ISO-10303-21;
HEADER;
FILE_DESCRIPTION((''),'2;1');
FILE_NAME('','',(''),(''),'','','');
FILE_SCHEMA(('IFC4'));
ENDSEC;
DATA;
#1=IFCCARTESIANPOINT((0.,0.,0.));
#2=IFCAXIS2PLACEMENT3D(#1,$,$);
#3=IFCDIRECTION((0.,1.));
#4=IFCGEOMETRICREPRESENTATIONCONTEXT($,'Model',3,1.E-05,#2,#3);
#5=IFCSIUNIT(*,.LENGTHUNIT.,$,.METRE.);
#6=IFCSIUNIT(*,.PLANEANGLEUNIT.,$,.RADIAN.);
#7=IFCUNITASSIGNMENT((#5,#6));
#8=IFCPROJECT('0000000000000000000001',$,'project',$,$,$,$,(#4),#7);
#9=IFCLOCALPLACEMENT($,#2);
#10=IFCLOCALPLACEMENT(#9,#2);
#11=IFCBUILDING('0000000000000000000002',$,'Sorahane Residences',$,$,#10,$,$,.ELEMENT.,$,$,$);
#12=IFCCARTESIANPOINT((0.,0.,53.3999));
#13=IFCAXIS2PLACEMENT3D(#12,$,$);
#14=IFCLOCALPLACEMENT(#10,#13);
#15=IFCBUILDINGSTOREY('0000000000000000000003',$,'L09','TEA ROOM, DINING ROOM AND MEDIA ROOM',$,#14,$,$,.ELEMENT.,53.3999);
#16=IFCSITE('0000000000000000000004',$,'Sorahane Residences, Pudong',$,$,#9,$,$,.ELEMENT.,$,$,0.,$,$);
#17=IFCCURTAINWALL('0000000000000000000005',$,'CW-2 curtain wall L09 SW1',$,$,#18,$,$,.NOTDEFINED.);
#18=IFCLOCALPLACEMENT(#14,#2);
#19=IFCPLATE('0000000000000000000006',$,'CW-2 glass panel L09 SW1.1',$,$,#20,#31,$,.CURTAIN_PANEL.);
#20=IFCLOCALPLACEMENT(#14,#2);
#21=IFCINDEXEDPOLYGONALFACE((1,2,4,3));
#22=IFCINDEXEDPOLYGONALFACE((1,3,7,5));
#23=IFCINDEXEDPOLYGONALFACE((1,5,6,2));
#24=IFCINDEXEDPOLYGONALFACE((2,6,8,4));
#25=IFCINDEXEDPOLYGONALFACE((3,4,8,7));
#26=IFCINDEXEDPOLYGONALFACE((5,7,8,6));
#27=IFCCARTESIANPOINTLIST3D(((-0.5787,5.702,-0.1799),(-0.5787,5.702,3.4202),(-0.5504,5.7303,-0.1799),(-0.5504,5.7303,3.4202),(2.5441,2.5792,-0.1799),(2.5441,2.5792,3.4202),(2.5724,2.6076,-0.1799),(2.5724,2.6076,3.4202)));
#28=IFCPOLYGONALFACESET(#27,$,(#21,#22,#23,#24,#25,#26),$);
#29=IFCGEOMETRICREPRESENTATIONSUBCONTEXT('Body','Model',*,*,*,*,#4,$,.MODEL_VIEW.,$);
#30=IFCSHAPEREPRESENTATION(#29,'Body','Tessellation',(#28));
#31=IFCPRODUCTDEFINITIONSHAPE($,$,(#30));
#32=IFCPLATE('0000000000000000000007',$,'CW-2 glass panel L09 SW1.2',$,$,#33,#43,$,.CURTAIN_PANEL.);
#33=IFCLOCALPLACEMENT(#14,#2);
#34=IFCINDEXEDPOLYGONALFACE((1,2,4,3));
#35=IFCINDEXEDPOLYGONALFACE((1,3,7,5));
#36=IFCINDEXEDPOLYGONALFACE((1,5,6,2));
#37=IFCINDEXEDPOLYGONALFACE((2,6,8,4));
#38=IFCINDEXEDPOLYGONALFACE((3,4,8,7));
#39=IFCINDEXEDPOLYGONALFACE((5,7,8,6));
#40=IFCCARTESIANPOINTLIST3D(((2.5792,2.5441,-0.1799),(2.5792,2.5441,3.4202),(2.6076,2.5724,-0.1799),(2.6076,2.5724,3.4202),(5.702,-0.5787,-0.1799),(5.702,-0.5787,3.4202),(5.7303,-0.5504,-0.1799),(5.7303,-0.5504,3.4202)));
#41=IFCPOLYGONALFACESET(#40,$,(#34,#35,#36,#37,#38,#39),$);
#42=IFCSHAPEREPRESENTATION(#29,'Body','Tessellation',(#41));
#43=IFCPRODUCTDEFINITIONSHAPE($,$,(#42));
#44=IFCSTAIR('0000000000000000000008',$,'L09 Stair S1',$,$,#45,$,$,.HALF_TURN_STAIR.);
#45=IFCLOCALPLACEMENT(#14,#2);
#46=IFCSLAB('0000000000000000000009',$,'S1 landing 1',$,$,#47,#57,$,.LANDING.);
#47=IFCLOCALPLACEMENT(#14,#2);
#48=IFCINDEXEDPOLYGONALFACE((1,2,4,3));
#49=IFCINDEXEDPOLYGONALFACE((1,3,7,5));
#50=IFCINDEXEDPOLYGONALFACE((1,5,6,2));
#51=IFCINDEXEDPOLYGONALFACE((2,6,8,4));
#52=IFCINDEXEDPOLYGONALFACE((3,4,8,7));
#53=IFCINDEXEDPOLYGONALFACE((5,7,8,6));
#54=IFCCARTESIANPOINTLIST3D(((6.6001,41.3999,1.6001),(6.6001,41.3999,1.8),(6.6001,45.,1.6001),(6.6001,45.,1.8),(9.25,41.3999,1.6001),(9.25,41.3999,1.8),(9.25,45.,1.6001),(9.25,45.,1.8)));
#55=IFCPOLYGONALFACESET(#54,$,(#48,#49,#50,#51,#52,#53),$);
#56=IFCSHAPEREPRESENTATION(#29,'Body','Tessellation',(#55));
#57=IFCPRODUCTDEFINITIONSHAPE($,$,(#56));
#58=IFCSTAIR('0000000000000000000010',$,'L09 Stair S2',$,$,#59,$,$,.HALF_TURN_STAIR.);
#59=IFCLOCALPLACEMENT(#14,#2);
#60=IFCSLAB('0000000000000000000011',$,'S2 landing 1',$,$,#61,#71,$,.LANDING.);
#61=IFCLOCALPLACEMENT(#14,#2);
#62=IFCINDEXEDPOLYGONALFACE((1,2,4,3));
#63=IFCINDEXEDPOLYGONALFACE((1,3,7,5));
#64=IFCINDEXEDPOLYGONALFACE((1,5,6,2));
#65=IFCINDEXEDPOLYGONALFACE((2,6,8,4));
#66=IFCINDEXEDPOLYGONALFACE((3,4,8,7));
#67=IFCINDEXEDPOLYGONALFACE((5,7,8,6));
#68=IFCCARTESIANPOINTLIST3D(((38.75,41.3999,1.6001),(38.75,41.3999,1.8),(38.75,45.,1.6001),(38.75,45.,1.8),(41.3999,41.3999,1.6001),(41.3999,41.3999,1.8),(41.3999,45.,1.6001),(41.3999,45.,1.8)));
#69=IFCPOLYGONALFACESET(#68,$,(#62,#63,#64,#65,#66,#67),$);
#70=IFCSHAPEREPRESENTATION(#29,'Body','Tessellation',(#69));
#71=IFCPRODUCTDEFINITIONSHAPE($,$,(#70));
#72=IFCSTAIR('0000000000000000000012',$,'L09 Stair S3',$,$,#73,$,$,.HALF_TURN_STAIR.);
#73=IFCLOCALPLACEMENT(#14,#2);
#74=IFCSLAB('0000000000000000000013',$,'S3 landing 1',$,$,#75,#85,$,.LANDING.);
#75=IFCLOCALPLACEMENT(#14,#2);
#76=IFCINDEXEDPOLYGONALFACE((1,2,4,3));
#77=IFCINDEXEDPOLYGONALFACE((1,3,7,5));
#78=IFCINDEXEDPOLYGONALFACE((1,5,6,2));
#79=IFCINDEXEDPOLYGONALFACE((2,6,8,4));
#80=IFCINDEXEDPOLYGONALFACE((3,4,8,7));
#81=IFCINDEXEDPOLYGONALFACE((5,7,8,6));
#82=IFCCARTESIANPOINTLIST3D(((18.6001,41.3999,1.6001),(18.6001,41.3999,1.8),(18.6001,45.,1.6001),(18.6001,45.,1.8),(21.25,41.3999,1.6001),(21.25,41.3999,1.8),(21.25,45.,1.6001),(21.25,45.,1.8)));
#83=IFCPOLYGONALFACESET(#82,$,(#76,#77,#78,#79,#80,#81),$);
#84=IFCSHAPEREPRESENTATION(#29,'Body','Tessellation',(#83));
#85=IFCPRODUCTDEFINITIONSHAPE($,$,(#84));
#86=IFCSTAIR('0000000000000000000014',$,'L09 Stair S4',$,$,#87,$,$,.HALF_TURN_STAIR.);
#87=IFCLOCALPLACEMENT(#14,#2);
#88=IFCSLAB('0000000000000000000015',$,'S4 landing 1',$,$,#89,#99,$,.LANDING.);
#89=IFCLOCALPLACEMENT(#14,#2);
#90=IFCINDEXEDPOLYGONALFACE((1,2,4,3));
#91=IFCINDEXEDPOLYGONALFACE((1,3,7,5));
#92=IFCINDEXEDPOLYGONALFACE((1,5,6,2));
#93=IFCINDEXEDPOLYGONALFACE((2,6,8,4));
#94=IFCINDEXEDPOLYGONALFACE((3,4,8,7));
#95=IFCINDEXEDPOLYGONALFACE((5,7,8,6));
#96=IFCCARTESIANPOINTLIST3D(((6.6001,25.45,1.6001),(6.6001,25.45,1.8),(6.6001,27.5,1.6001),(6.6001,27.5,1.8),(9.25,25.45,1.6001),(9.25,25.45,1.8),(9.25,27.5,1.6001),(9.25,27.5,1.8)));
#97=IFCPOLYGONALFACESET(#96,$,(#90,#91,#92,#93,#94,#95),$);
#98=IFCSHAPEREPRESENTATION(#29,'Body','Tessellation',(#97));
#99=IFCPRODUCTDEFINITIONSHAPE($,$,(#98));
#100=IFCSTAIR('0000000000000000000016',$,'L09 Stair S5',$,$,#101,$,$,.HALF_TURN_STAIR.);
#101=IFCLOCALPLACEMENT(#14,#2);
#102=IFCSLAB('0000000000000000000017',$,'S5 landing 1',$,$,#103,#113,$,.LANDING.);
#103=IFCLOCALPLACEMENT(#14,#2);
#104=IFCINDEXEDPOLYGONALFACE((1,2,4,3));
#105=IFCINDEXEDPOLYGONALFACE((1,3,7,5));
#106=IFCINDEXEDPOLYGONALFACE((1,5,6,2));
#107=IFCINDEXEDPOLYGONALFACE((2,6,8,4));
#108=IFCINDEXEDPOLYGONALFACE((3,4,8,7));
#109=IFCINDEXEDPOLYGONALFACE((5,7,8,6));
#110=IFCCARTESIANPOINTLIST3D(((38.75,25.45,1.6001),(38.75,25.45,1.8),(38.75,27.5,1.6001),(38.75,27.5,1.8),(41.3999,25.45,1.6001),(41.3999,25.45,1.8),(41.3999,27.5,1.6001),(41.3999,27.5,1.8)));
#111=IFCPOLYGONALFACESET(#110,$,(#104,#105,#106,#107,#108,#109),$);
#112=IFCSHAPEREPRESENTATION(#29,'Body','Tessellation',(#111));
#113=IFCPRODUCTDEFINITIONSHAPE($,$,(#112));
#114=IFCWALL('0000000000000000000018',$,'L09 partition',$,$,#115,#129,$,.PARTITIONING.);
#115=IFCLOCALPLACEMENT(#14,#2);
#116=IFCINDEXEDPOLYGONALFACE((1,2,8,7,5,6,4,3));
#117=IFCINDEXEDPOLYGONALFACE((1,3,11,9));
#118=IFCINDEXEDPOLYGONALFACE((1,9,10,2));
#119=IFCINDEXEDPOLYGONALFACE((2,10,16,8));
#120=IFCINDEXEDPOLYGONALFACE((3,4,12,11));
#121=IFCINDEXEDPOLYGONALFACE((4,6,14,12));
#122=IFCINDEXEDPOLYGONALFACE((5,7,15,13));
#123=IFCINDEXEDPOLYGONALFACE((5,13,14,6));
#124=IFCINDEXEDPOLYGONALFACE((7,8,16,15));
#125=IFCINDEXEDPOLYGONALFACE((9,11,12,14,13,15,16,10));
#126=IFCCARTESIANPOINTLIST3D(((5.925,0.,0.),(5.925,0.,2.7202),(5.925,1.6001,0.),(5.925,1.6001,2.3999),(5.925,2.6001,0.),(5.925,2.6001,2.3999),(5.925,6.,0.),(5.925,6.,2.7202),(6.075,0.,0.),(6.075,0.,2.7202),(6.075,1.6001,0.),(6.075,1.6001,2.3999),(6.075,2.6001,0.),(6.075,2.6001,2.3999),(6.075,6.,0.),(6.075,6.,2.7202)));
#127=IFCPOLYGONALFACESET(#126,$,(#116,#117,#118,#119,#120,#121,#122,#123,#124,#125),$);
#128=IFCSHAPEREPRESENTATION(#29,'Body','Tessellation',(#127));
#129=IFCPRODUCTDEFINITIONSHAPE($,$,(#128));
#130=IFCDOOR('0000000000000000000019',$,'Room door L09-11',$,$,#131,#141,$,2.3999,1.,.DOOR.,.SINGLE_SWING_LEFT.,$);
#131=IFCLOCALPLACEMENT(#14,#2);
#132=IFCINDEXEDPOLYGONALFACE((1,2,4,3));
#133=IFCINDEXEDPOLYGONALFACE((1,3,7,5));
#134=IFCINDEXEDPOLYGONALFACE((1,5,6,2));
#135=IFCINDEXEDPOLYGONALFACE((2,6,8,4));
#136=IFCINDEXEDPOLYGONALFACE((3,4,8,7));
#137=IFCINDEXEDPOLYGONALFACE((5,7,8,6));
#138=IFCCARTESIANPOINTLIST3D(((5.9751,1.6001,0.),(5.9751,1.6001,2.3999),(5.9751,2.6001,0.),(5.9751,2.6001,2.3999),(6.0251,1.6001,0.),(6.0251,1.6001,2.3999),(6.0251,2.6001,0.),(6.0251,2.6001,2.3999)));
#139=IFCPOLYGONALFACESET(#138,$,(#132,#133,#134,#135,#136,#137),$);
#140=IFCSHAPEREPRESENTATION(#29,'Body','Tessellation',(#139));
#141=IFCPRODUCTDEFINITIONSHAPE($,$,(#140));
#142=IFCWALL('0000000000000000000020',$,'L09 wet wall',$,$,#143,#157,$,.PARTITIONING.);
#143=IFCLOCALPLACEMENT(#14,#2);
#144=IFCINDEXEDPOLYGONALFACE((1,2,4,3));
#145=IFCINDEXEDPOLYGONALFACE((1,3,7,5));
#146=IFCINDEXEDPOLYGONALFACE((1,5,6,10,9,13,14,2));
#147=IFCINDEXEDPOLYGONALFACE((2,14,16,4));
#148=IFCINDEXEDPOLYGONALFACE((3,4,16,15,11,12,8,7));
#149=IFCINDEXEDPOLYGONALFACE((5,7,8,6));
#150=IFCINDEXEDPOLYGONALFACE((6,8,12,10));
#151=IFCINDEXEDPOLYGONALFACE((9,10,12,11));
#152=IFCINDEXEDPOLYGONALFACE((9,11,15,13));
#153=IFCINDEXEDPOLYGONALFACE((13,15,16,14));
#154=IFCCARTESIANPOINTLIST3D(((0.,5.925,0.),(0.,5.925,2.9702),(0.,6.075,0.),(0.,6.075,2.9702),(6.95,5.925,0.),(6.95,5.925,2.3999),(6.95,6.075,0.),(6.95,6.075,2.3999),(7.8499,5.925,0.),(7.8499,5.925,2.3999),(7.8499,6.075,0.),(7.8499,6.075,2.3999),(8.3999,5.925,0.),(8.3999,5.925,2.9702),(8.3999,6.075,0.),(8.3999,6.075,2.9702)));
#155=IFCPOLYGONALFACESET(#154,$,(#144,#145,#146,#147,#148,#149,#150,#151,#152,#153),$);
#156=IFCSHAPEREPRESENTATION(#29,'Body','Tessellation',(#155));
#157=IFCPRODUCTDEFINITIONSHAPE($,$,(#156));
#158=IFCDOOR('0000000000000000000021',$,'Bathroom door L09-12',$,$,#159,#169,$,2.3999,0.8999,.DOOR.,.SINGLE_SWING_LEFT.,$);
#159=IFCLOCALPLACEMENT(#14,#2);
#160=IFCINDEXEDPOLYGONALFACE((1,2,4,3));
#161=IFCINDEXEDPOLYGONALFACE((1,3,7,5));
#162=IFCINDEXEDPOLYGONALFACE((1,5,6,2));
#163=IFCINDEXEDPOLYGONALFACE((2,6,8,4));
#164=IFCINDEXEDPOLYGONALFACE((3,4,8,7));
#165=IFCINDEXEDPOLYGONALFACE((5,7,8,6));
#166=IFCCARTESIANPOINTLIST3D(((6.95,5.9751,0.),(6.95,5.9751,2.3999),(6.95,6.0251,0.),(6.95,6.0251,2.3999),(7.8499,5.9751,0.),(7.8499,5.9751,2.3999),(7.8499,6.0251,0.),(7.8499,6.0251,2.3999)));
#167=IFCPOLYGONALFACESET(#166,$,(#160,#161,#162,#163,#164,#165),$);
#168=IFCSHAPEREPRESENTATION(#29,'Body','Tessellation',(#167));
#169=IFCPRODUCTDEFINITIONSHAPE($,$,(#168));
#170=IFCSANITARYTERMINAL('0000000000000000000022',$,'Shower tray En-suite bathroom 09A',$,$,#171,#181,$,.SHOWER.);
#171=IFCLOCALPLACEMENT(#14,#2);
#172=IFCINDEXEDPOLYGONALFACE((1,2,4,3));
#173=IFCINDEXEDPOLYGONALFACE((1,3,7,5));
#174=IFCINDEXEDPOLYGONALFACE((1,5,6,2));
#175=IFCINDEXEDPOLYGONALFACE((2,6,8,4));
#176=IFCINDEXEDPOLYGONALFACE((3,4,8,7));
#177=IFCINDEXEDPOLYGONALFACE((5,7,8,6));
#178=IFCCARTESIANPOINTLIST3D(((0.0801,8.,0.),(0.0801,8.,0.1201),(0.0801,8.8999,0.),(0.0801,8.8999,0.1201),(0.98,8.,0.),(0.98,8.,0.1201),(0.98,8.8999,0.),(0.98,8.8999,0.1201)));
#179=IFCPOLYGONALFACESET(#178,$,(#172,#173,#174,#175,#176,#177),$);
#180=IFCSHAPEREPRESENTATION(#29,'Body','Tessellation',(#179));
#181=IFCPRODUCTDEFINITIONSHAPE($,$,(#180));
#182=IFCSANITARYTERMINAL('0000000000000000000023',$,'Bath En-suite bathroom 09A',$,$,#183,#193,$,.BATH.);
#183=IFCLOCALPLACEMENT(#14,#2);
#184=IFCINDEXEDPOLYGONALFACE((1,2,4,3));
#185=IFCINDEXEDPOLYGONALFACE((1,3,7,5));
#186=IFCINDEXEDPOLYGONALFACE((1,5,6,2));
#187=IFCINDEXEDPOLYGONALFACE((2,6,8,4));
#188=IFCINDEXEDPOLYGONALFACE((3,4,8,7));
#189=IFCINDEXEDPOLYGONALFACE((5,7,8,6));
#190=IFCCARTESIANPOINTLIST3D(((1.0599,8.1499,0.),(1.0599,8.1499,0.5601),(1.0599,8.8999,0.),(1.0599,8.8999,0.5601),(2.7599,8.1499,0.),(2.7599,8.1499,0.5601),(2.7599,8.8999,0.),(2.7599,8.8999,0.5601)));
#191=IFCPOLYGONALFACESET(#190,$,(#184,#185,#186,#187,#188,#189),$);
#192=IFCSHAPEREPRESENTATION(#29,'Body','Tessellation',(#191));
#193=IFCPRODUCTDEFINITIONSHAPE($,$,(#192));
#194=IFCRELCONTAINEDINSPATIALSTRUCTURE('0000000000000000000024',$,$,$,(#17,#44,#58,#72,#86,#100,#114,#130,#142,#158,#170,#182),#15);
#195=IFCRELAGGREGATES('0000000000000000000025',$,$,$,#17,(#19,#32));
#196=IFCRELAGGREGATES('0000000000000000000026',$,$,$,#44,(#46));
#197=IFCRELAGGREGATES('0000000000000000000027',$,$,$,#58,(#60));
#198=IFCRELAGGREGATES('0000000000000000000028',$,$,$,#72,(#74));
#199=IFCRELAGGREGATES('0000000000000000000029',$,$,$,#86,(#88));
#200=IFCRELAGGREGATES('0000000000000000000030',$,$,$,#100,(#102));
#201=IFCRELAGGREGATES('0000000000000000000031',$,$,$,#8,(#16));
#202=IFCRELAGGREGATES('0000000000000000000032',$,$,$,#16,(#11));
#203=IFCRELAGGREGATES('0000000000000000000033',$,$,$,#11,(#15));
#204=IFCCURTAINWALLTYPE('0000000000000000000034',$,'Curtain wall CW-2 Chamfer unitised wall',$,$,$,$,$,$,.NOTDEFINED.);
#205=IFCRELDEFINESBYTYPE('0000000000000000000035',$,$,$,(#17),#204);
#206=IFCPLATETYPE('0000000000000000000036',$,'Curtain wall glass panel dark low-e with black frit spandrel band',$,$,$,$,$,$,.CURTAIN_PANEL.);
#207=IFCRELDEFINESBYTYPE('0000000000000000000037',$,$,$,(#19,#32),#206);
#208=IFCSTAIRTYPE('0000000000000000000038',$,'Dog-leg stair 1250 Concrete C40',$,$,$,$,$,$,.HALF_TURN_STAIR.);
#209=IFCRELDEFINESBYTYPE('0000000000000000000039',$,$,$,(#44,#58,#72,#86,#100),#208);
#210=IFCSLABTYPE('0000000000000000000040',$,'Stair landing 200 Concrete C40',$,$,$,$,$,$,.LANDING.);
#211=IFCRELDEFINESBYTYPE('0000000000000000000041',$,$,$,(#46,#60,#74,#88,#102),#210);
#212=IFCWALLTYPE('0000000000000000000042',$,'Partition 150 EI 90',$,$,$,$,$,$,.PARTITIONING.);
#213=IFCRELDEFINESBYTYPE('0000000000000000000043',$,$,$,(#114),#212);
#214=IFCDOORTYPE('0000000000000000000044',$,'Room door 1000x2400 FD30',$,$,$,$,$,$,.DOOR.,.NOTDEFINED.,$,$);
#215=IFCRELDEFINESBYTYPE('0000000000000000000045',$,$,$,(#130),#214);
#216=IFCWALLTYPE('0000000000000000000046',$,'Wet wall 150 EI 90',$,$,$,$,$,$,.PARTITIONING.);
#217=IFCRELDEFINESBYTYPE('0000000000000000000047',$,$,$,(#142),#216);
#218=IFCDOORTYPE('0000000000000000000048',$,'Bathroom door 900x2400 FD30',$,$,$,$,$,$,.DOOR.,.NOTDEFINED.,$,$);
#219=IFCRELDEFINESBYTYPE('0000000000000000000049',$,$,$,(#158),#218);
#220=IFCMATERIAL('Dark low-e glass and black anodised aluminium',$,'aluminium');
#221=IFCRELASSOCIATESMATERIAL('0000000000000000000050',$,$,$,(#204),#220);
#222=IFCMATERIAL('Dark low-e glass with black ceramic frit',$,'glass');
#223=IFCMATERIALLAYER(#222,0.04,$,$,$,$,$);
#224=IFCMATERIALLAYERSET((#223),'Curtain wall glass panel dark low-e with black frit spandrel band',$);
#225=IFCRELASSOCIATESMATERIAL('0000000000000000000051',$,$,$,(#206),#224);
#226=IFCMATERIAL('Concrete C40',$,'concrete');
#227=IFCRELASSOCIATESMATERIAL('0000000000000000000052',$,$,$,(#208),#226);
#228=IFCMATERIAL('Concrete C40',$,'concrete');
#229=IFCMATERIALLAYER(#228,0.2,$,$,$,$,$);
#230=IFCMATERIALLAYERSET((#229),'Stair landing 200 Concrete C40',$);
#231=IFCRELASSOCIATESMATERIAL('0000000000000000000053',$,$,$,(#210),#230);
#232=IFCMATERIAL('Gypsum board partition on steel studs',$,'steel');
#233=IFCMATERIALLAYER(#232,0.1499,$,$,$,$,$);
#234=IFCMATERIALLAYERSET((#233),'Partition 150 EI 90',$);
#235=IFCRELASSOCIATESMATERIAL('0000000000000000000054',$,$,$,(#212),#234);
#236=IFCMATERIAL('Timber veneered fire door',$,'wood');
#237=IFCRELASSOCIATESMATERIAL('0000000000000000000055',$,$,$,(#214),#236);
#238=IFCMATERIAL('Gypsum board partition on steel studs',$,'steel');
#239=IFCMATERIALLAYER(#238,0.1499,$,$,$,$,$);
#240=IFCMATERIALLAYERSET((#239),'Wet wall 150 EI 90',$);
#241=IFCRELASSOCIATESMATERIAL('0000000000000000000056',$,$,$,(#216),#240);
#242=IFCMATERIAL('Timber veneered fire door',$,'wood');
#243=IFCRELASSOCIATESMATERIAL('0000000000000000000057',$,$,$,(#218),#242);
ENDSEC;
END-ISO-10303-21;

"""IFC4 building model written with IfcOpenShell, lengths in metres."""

from ifc_helpers import new_model, si_unit, direction, frame, frame_2d, origin, origin_2d, place, context, subcontext, project, spatial, polyline, rectangle, outline, extrude, material, layer, layer_set, type_object, element, fill, aggregate, save


model = new_model("IFC4")

# Units and contexts
model_context = context("Model", 3, precision=1e-05, world=origin(), true_north=direction((0.0, 1.0)))
body_context = subcontext(model_context, "Body", "Model", "MODEL_VIEW")
ifc_project = project(units=[si_unit("LENGTHUNIT", "METRE"), si_unit("PLANEANGLEUNIT", "RADIAN")], contexts=[model_context])

# Site, building, storey
site_placement = place(None, origin())
site = spatial("IfcSite", under=ifc_project, at=site_placement, Name="Sorahane Residences, Pudong", CompositionType="ELEMENT", RefElevation=0.0)
building_placement = place(site_placement, origin())
building = spatial("IfcBuilding", under=site, at=building_placement, Name="Sorahane Residences", CompositionType="ELEMENT")
storey_placement = place(building_placement, frame((0.0, 0.0, 53.3999)))
storey = spatial("IfcBuildingStorey", under=building, at=storey_placement, Name="L09", Description="TEA ROOM, DINING ROOM AND MEDIA ROOM", CompositionType="ELEMENT", Elevation=53.3999)

# Curtain wall
ifc_material_1 = material(Name="Dark low-e glass and black anodised aluminium", Category="aluminium")
curtain_wall_type_1 = type_object("IfcCurtainWallType", Name="Curtain wall CW-2 Chamfer unitised wall", PredefinedType="NOTDEFINED", material=ifc_material_1)
curtain_wall_1_placement = place(storey_placement, origin())
curtain_wall_1 = element("IfcCurtainWall", 1, at=curtain_wall_1_placement, inside=storey, type_object=curtain_wall_type_1, Name="CW-2 curtain wall L09 SW1", PredefinedType="NOTDEFINED")

# Plates
ifc_material_2 = material(Name="Dark low-e glass with black ceramic frit", Category="glass")
ifc_layer_1 = layer(ifc_material_2, 0.04)
ifc_layer_set_1 = layer_set([ifc_layer_1], Name="Curtain wall glass panel dark low-e with black frit spandrel band")
plate_type = type_object("IfcPlateType", Name="Curtain wall glass panel dark low-e with black frit spandrel band", PredefinedType="CURTAIN_PANEL", material=ifc_layer_set_1)
plate_1_placement = place(storey_placement, frame((0.9968, 4.1548, -0.1799), z_axis=(0.0, 0.0, 1.0), x_axis=(0.707107, -0.707107, 0.0)))
plate_1 = element("IfcPlate", 2, at=plate_1_placement, type_object=plate_type, Name="CW-2 glass panel L09 SW1.1", PredefinedType="CURTAIN_PANEL", context=body_context, shape_type="SweptSolid", body=[
    extrude(rectangle(XDim=4.4163, YDim=0.04, at=origin_2d()), origin(), (0.0, 0.0, 1.0), 3.6001),
])
plate_2_placement = place(storey_placement, frame((4.1548, 0.9968, -0.1799), z_axis=(0.0, 0.0, 1.0), x_axis=(0.707107, -0.707107, 0.0)))
plate_2 = element("IfcPlate", 3, at=plate_2_placement, type_object=plate_type, Name="CW-2 glass panel L09 SW1.2", PredefinedType="CURTAIN_PANEL", context=body_context, shape_type="SweptSolid", body=[
    extrude(rectangle(XDim=4.4163, YDim=0.04, at=origin_2d()), origin(), (0.0, 0.0, 1.0), 3.6001),
])
aggregate(curtain_wall_1, [plate_1, plate_2])

# Stairs, slabs
ifc_material_3 = material(Name="Concrete C40", Category="concrete")
stair_type = type_object("IfcStairType", Name="Dog-leg stair 1250 Concrete C40", PredefinedType="HALF_TURN_STAIR", material=ifc_material_3)
stair_1_placement = place(storey_placement, origin())
stair_1 = element("IfcStair", 4, at=stair_1_placement, inside=storey, type_object=stair_type, Name="L09 Stair S1", PredefinedType="HALF_TURN_STAIR")
ifc_material_4 = material(Name="Concrete C40", Category="concrete")
ifc_layer_2 = layer(ifc_material_4, 0.2)
ifc_layer_set_2 = layer_set([ifc_layer_2], Name="Stair landing 200 Concrete C40")
slab_type_1 = type_object("IfcSlabType", Name="Stair landing 200 Concrete C40", PredefinedType="LANDING", material=ifc_layer_set_2)
slab_1_placement = place(storey_placement, frame((0.0, 0.0, 1.6001)))
slab_1 = element("IfcSlab", 5, at=slab_1_placement, type_object=slab_type_1, Name="S1 landing 1", PredefinedType="LANDING", context=body_context, shape_type="SweptSolid", body=[
    extrude(outline(polyline([(9.25, 41.3999), (9.25, 45.0), (6.6001, 45.0), (6.6001, 41.3999), (9.25, 41.3999)])), origin(), (0.0, 0.0, 1.0), 0.2),
])
aggregate(stair_1, [slab_1])
stair_2_placement = place(storey_placement, origin())
stair_2 = element("IfcStair", 6, at=stair_2_placement, inside=storey, type_object=stair_type, Name="L09 Stair S2", PredefinedType="HALF_TURN_STAIR")
slab_2_placement = place(storey_placement, frame((0.0, 0.0, 1.6001)))
slab_2 = element("IfcSlab", 7, at=slab_2_placement, type_object=slab_type_1, Name="S2 landing 1", PredefinedType="LANDING", context=body_context, shape_type="SweptSolid", body=[
    extrude(outline(polyline([(41.3999, 41.3999), (41.3999, 45.0), (38.75, 45.0), (38.75, 41.3999), (41.3999, 41.3999)])), origin(), (0.0, 0.0, 1.0), 0.2),
])
aggregate(stair_2, [slab_2])
stair_3_placement = place(storey_placement, origin())
stair_3 = element("IfcStair", 8, at=stair_3_placement, inside=storey, type_object=stair_type, Name="L09 Stair S3", PredefinedType="HALF_TURN_STAIR")
slab_3_placement = place(storey_placement, frame((0.0, 0.0, 1.6001)))
slab_3 = element("IfcSlab", 9, at=slab_3_placement, type_object=slab_type_1, Name="S3 landing 1", PredefinedType="LANDING", context=body_context, shape_type="SweptSolid", body=[
    extrude(outline(polyline([(21.25, 41.3999), (21.25, 45.0), (18.6001, 45.0), (18.6001, 41.3999), (21.25, 41.3999)])), origin(), (0.0, 0.0, 1.0), 0.2),
])
aggregate(stair_3, [slab_3])
stair_4_placement = place(storey_placement, origin())
stair_4 = element("IfcStair", 10, at=stair_4_placement, inside=storey, type_object=stair_type, Name="L09 Stair S4", PredefinedType="HALF_TURN_STAIR")
slab_4_placement = place(storey_placement, frame((0.0, 0.0, 1.6001)))
slab_4 = element("IfcSlab", 11, at=slab_4_placement, type_object=slab_type_1, Name="S4 landing 1", PredefinedType="LANDING", context=body_context, shape_type="SweptSolid", body=[
    extrude(outline(polyline([(9.25, 25.45), (9.25, 27.5), (6.6001, 27.5), (6.6001, 25.45), (9.25, 25.45)])), origin(), (0.0, 0.0, 1.0), 0.2),
])
aggregate(stair_4, [slab_4])
stair_5_placement = place(storey_placement, origin())
stair_5 = element("IfcStair", 12, at=stair_5_placement, inside=storey, type_object=stair_type, Name="L09 Stair S5", PredefinedType="HALF_TURN_STAIR")
slab_5_placement = place(storey_placement, frame((0.0, 0.0, 1.6001)))
slab_5 = element("IfcSlab", 13, at=slab_5_placement, type_object=slab_type_1, Name="S5 landing 1", PredefinedType="LANDING", context=body_context, shape_type="SweptSolid", body=[
    extrude(outline(polyline([(41.3999, 25.45), (41.3999, 27.5), (38.75, 27.5), (38.75, 25.45), (41.3999, 25.45)])), origin(), (0.0, 0.0, 1.0), 0.2),
])
aggregate(stair_5, [slab_5])

# Walls, openings, doors
ifc_material_5 = material(Name="Gypsum board partition on steel studs", Category="steel")
ifc_layer_3 = layer(ifc_material_5, 0.1499)
ifc_layer_set_3 = layer_set([ifc_layer_3], Name="Partition 150 EI 90")
wall_type_1 = type_object("IfcWallType", Name="Partition 150 EI 90", PredefinedType="PARTITIONING", material=ifc_layer_set_3)
wall_1_placement = place(storey_placement, frame((6.0, 0.0, 0.0), z_axis=(0.0, 0.0, 1.0), x_axis=(0.0, 1.0, 0.0)))
wall_1 = element("IfcWall", 14, at=wall_1_placement, inside=storey, type_object=wall_type_1, Name="L09 partition", PredefinedType="PARTITIONING", context=body_context, shape_type="SweptSolid", body=[
    extrude(rectangle(XDim=6.0, YDim=0.1499, at=frame_2d((3.0, 0.0))), origin(), (0.0, 0.0, 1.0), 2.7202),
])
opening_1_placement = place(wall_1_placement, frame((1.6001, 0.0, 0.0)))
opening_1 = element("IfcOpeningElement", 15, at=opening_1_placement, cuts=wall_1, PredefinedType="OPENING", context=body_context, shape_type="SweptSolid", body=[
    extrude(rectangle(XDim=1.0, YDim=2.3999, at=frame_2d((0.5, 1.2))), frame((0.0, 0.085, 0.0), z_axis=(0.0, -1.0, 0.0), x_axis=(1.0, 0.0, 0.0)), (0.0, 0.0, 1.0), 0.1699),
])
ifc_material_6 = material(Name="Timber veneered fire door", Category="wood")
door_type_1 = type_object("IfcDoorType", Name="Room door 1000x2400 FD30", OperationType="NOTDEFINED", PredefinedType="DOOR", material=ifc_material_6)
door_1_placement = place(opening_1_placement, origin())
door_1 = element("IfcDoor", 16, at=door_1_placement, inside=storey, type_object=door_type_1, Name="Room door L09-11", OperationType="SINGLE_SWING_LEFT", OverallHeight=2.3999, OverallWidth=1.0, PredefinedType="DOOR", context=body_context, shape_type="SweptSolid", body=[
    extrude(rectangle(XDim=1.0, YDim=2.3999, at=frame_2d((0.5, 1.2))), frame((0.0, 0.0249, 0.0), z_axis=(0.0, -1.0, 0.0), x_axis=(1.0, 0.0, 0.0)), (0.0, 0.0, 1.0), 0.05),
])
fill(opening_1, door_1)
ifc_material_7 = material(Name="Gypsum board partition on steel studs", Category="steel")
ifc_layer_4 = layer(ifc_material_7, 0.1499)
ifc_layer_set_4 = layer_set([ifc_layer_4], Name="Wet wall 150 EI 90")
wall_type_2 = type_object("IfcWallType", Name="Wet wall 150 EI 90", PredefinedType="PARTITIONING", material=ifc_layer_set_4)
wall_2_placement = place(storey_placement, frame((0.0, 6.0, 0.0), z_axis=(0.0, 0.0, 1.0), x_axis=(1.0, 0.0, 0.0)))
wall_2 = element("IfcWall", 17, at=wall_2_placement, inside=storey, type_object=wall_type_2, Name="L09 wet wall", PredefinedType="PARTITIONING", context=body_context, shape_type="SweptSolid", body=[
    extrude(rectangle(XDim=8.3999, YDim=0.1499, at=frame_2d((4.2, 0.0))), origin(), (0.0, 0.0, 1.0), 2.9702),
])
opening_2_placement = place(wall_2_placement, frame((6.95, 0.0, 0.0)))
opening_2 = element("IfcOpeningElement", 18, at=opening_2_placement, cuts=wall_2, PredefinedType="OPENING", context=body_context, shape_type="SweptSolid", body=[
    extrude(rectangle(XDim=0.8999, YDim=2.3999, at=frame_2d((0.45, 1.2))), frame((0.0, 0.085, 0.0), z_axis=(0.0, -1.0, 0.0), x_axis=(1.0, 0.0, 0.0)), (0.0, 0.0, 1.0), 0.1699),
])
ifc_material_8 = material(Name="Timber veneered fire door", Category="wood")
door_type_2 = type_object("IfcDoorType", Name="Bathroom door 900x2400 FD30", OperationType="NOTDEFINED", PredefinedType="DOOR", material=ifc_material_8)
door_2_placement = place(opening_2_placement, frame((0.8999, 0.0, 0.0), z_axis=(0.0, 0.0, 1.0), x_axis=(-1.0, 0.0, 0.0)))
door_2 = element("IfcDoor", 19, at=door_2_placement, inside=storey, type_object=door_type_2, Name="Bathroom door L09-12", OperationType="SINGLE_SWING_LEFT", OverallHeight=2.3999, OverallWidth=0.8999, PredefinedType="DOOR", context=body_context, shape_type="SweptSolid", body=[
    extrude(rectangle(XDim=0.8999, YDim=2.3999, at=frame_2d((0.45, 1.2))), frame((0.0, 0.0249, 0.0), z_axis=(0.0, -1.0, 0.0), x_axis=(1.0, 0.0, 0.0)), (0.0, 0.0, 1.0), 0.05),
])
fill(opening_2, door_2)

# Sanitary terminals
sanitary_terminal_1_placement = place(storey_placement, frame((0.53, 8.45, 0.0), z_axis=(0.0, 0.0, 1.0), x_axis=(1.0, 0.0, 0.0)))
element("IfcSanitaryTerminal", 20, at=sanitary_terminal_1_placement, inside=storey, Name="Shower tray En-suite bathroom 09A", PredefinedType="SHOWER", context=body_context, shape_type="SweptSolid", body=[
    extrude(rectangle(XDim=0.8999, YDim=0.8999, at=origin_2d()), origin(), (0.0, 0.0, 1.0), 0.1201),
])
sanitary_terminal_2_placement = place(storey_placement, frame((1.9099, 8.5249, 0.0), z_axis=(0.0, 0.0, 1.0), x_axis=(1.0, 0.0, 0.0)))
element("IfcSanitaryTerminal", 21, at=sanitary_terminal_2_placement, inside=storey, Name="Bath En-suite bathroom 09A", PredefinedType="BATH", context=body_context, shape_type="SweptSolid", body=[
    extrude(rectangle(XDim=1.7, YDim=0.75, at=origin_2d()), origin(), (0.0, 0.0, 1.0), 0.5601),
])

save(model, "model.ifc")
